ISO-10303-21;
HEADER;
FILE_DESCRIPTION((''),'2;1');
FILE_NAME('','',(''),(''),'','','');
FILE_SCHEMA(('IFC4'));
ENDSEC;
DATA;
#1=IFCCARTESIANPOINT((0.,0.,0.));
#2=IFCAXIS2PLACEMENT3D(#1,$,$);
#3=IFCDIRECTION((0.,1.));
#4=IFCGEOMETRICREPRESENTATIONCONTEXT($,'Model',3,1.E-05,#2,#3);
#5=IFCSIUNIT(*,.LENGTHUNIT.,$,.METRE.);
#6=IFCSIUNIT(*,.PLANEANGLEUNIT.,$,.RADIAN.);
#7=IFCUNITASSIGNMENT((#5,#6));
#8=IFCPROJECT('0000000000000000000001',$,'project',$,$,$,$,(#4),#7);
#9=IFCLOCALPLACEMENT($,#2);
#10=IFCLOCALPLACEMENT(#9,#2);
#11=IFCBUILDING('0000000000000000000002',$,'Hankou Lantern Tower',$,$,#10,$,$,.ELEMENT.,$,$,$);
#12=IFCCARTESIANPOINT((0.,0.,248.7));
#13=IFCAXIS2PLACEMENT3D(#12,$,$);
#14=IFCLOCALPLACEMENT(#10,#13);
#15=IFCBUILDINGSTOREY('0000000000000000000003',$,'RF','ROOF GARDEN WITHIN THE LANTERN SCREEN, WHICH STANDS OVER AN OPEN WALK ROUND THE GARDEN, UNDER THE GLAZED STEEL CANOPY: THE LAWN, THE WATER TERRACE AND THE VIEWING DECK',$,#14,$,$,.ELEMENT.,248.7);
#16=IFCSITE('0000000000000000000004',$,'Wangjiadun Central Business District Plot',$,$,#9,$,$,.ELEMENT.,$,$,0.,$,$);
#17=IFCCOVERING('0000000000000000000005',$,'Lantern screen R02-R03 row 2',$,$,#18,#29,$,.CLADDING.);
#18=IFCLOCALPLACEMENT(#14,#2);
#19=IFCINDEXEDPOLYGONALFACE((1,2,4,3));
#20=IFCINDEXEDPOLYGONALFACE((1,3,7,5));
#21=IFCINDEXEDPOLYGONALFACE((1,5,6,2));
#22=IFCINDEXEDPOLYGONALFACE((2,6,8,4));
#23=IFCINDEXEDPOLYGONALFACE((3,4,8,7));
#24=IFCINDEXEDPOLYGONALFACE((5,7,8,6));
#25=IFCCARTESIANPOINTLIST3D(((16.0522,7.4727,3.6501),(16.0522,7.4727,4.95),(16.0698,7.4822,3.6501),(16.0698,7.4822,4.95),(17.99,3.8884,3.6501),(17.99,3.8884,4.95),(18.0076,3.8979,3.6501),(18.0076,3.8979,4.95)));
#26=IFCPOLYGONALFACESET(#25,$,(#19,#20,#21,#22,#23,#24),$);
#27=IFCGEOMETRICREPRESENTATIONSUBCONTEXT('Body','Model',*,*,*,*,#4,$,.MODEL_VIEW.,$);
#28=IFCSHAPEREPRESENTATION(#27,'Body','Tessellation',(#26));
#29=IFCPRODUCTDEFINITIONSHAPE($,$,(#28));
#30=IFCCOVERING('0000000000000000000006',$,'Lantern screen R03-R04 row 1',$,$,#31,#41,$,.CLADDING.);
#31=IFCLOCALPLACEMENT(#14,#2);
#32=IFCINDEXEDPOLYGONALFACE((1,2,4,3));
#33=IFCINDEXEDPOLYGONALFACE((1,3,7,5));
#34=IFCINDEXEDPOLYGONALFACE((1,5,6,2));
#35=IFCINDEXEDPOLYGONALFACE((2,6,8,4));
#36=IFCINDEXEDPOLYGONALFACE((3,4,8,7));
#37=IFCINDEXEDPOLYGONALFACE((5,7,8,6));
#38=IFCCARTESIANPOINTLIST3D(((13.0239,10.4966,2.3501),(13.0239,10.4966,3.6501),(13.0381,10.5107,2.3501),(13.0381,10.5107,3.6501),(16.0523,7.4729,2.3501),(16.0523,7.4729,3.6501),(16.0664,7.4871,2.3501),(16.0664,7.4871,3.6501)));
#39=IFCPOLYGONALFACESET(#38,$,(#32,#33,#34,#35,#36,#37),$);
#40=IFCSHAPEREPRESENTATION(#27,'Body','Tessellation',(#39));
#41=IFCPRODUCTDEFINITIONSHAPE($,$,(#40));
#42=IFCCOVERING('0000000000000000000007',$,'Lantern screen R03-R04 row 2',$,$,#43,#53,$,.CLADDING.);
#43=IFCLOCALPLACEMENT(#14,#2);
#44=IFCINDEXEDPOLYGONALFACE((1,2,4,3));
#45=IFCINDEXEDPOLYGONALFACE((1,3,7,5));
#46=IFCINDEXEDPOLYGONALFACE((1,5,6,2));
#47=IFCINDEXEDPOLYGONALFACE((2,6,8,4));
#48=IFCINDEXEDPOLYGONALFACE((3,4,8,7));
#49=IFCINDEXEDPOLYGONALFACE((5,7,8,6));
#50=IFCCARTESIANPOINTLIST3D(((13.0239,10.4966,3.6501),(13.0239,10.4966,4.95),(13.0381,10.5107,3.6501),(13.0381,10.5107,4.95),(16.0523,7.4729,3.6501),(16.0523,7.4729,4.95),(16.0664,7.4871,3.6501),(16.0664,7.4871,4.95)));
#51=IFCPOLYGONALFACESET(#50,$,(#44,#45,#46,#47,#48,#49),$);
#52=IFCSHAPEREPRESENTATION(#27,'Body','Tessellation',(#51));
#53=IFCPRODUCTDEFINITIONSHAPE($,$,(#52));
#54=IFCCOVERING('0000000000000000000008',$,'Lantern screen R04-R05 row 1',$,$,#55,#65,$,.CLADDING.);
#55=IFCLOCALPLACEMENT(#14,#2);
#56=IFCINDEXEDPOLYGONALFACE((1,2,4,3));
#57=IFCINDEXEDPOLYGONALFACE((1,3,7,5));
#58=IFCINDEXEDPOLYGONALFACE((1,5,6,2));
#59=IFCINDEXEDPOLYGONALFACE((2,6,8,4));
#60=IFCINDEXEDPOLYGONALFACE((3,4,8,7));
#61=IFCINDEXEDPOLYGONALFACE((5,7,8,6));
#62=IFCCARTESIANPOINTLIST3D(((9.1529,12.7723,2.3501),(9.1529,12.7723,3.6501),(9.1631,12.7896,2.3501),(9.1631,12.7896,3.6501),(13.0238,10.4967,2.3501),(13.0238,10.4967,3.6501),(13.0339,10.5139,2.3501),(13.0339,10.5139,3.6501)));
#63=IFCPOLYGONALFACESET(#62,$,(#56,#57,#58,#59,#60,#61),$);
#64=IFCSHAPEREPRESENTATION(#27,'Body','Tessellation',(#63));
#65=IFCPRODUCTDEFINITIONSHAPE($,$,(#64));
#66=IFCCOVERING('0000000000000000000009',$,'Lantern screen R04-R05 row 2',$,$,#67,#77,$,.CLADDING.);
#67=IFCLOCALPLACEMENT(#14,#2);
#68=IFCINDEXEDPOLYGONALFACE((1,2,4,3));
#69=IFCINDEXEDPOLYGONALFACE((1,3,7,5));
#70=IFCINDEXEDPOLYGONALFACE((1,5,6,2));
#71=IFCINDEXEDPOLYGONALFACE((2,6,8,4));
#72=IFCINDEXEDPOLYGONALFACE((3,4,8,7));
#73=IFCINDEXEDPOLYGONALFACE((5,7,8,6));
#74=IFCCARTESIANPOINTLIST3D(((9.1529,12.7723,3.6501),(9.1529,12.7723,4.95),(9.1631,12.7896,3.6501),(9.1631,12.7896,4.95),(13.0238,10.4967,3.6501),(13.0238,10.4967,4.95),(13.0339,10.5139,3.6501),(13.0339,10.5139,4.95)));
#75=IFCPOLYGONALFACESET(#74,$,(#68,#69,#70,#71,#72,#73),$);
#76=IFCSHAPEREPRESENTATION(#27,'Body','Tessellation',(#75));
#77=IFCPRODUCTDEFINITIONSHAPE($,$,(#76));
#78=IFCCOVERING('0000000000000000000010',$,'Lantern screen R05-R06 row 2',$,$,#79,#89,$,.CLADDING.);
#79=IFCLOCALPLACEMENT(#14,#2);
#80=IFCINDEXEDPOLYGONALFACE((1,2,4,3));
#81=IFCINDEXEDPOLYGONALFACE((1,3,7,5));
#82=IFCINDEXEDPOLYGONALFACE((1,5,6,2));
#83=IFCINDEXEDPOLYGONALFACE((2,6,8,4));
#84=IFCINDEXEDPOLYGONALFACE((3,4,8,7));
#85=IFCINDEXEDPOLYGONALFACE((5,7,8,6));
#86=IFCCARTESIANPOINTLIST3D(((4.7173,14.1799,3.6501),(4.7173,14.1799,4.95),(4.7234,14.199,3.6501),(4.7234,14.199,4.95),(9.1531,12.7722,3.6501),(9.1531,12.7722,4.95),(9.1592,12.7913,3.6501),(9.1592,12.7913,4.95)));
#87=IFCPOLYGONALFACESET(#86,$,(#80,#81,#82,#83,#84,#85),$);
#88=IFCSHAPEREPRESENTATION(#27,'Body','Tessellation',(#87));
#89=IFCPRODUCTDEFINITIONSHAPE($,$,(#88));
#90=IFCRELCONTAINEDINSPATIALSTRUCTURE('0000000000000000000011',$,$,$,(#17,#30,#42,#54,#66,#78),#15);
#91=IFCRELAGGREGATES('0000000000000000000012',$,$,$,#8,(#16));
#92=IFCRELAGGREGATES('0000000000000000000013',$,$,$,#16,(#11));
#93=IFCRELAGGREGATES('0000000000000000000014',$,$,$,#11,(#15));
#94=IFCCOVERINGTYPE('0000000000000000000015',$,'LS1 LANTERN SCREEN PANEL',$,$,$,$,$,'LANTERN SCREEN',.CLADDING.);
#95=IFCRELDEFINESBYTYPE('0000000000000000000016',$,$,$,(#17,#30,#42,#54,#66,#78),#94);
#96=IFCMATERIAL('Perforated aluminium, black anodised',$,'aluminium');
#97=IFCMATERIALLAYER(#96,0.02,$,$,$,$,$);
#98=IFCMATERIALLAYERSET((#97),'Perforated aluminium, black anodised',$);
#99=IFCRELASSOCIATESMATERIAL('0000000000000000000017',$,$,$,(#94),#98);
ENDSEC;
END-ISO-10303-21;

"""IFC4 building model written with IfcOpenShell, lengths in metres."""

from ifc_helpers import new_model, si_unit, direction, frame, origin, place, context, subcontext, project, spatial, polyline, outline, extrude, material, layer, layer_set, type_object, element, save


model = new_model("IFC4")

# Units and contexts
model_context = context("Model", 3, precision=1e-05, world=origin(), true_north=direction((0.0, 1.0)))
body_context = subcontext(model_context, "Body", "Model", "MODEL_VIEW")
ifc_project = project(units=[si_unit("LENGTHUNIT", "METRE"), si_unit("PLANEANGLEUNIT", "RADIAN")], contexts=[model_context])

# Site, building, storey
site_placement = place(None, origin())
site = spatial("IfcSite", under=ifc_project, at=site_placement, Name="Wangjiadun Central Business District Plot", CompositionType="ELEMENT", RefElevation=0.0)
building_placement = place(site_placement, origin())
building = spatial("IfcBuilding", under=site, at=building_placement, Name="Hankou Lantern Tower", CompositionType="ELEMENT")
storey_placement = place(building_placement, frame((0.0, 0.0, 248.7)))
storey = spatial("IfcBuildingStorey", under=building, at=storey_placement, Name="RF", Description="ROOF GARDEN WITHIN THE LANTERN SCREEN, WHICH STANDS OVER AN OPEN WALK ROUND THE GARDEN, UNDER THE GLAZED STEEL CANOPY: THE LAWN, THE WATER TERRACE AND THE VIEWING DECK", CompositionType="ELEMENT", Elevation=248.7)

# Coverings
ifc_material_1 = material(Name="Perforated aluminium, black anodised", Category="aluminium")
ifc_layer_1 = layer(ifc_material_1, 0.02)
ifc_layer_set_1 = layer_set([ifc_layer_1], Name="Perforated aluminium, black anodised")
covering_type = type_object("IfcCoveringType", Name="LS1 LANTERN SCREEN PANEL", ElementType="LANTERN SCREEN", PredefinedType="CLADDING", material=ifc_layer_set_1)
covering_1_placement = place(storey_placement, frame((18.0076, 3.8979, 3.6501), z_axis=(0.879673, 0.475578, 0.0), x_axis=(-0.475578, 0.879673, 0.0)))
element("IfcCovering", 1, at=covering_1_placement, inside=storey, type_object=covering_type, Name="Lantern screen R02-R03 row 2", PredefinedType="CLADDING", context=body_context, shape_type="SweptSolid", body=[
    extrude(outline(polyline([(0.0, 0.0), (4.0745, 0.0), (4.0745, 1.2998), (0.0, 1.2998), (0.0, 0.0)])), origin(), (0.0, 0.0, -1.0), 0.02),
])
covering_2_placement = place(storey_placement, frame((16.0664, 7.4871, 2.3501), z_axis=(0.706565, 0.707649, 0.0), x_axis=(-0.707649, 0.706565, 0.0)))
element("IfcCovering", 2, at=covering_2_placement, inside=storey, type_object=covering_type, Name="Lantern screen R03-R04 row 1", PredefinedType="CLADDING", context=body_context, shape_type="SweptSolid", body=[
    extrude(outline(polyline([(0.0, 0.0), (4.2794, 0.0), (4.2794, 1.3), (0.0, 1.3), (0.0, 0.0)])), origin(), (0.0, 0.0, -1.0), 0.02),
])
covering_3_placement = place(storey_placement, frame((16.0664, 7.4871, 3.6501), z_axis=(0.706565, 0.707649, 0.0), x_axis=(-0.707649, 0.706565, 0.0)))
element("IfcCovering", 3, at=covering_3_placement, inside=storey, type_object=covering_type, Name="Lantern screen R03-R04 row 2", PredefinedType="CLADDING", context=body_context, shape_type="SweptSolid", body=[
    extrude(outline(polyline([(0.0, 0.0), (4.2794, 0.0), (4.2794, 1.2998), (0.0, 1.2998), (0.0, 0.0)])), origin(), (0.0, 0.0, -1.0), 0.02),
])
covering_4_placement = place(storey_placement, frame((13.0339, 10.5139, 2.3501), z_axis=(0.506799, 0.862064, 0.0), x_axis=(-0.862064, 0.506799, 0.0)))
element("IfcCovering", 4, at=covering_4_placement, inside=storey, type_object=covering_type, Name="Lantern screen R04-R05 row 1", PredefinedType="CLADDING", context=body_context, shape_type="SweptSolid", body=[
    extrude(outline(polyline([(0.0, 0.0), (4.4902, 0.0), (4.4902, 1.3), (0.0, 1.3), (0.0, 0.0)])), origin(), (0.0, 0.0, -1.0), 0.02),
])
covering_5_placement = place(storey_placement, frame((13.0339, 10.5139, 3.6501), z_axis=(0.506799, 0.862064, 0.0), x_axis=(-0.862064, 0.506799, 0.0)))
element("IfcCovering", 5, at=covering_5_placement, inside=storey, type_object=covering_type, Name="Lantern screen R04-R05 row 2", PredefinedType="CLADDING", context=body_context, shape_type="SweptSolid", body=[
    extrude(outline(polyline([(0.0, 0.0), (4.4902, 0.0), (4.4902, 1.2998), (0.0, 1.2998), (0.0, 0.0)])), origin(), (0.0, 0.0, -1.0), 0.02),
])
covering_6_placement = place(storey_placement, frame((9.1592, 12.7913, 3.6501), z_axis=(0.302487, 0.953154, 0.0), x_axis=(-0.953154, 0.302487, 0.0)))
element("IfcCovering", 6, at=covering_6_placement, inside=storey, type_object=covering_type, Name="Lantern screen R05-R06 row 2", PredefinedType="CLADDING", context=body_context, shape_type="SweptSolid", body=[
    extrude(outline(polyline([(0.0, 0.0), (4.6538, 0.0), (4.6538, 1.2998), (0.0, 1.2998), (0.0, 0.0)])), origin(), (0.0, 0.0, -1.0), 0.02),
])

save(model, "model.ifc")
